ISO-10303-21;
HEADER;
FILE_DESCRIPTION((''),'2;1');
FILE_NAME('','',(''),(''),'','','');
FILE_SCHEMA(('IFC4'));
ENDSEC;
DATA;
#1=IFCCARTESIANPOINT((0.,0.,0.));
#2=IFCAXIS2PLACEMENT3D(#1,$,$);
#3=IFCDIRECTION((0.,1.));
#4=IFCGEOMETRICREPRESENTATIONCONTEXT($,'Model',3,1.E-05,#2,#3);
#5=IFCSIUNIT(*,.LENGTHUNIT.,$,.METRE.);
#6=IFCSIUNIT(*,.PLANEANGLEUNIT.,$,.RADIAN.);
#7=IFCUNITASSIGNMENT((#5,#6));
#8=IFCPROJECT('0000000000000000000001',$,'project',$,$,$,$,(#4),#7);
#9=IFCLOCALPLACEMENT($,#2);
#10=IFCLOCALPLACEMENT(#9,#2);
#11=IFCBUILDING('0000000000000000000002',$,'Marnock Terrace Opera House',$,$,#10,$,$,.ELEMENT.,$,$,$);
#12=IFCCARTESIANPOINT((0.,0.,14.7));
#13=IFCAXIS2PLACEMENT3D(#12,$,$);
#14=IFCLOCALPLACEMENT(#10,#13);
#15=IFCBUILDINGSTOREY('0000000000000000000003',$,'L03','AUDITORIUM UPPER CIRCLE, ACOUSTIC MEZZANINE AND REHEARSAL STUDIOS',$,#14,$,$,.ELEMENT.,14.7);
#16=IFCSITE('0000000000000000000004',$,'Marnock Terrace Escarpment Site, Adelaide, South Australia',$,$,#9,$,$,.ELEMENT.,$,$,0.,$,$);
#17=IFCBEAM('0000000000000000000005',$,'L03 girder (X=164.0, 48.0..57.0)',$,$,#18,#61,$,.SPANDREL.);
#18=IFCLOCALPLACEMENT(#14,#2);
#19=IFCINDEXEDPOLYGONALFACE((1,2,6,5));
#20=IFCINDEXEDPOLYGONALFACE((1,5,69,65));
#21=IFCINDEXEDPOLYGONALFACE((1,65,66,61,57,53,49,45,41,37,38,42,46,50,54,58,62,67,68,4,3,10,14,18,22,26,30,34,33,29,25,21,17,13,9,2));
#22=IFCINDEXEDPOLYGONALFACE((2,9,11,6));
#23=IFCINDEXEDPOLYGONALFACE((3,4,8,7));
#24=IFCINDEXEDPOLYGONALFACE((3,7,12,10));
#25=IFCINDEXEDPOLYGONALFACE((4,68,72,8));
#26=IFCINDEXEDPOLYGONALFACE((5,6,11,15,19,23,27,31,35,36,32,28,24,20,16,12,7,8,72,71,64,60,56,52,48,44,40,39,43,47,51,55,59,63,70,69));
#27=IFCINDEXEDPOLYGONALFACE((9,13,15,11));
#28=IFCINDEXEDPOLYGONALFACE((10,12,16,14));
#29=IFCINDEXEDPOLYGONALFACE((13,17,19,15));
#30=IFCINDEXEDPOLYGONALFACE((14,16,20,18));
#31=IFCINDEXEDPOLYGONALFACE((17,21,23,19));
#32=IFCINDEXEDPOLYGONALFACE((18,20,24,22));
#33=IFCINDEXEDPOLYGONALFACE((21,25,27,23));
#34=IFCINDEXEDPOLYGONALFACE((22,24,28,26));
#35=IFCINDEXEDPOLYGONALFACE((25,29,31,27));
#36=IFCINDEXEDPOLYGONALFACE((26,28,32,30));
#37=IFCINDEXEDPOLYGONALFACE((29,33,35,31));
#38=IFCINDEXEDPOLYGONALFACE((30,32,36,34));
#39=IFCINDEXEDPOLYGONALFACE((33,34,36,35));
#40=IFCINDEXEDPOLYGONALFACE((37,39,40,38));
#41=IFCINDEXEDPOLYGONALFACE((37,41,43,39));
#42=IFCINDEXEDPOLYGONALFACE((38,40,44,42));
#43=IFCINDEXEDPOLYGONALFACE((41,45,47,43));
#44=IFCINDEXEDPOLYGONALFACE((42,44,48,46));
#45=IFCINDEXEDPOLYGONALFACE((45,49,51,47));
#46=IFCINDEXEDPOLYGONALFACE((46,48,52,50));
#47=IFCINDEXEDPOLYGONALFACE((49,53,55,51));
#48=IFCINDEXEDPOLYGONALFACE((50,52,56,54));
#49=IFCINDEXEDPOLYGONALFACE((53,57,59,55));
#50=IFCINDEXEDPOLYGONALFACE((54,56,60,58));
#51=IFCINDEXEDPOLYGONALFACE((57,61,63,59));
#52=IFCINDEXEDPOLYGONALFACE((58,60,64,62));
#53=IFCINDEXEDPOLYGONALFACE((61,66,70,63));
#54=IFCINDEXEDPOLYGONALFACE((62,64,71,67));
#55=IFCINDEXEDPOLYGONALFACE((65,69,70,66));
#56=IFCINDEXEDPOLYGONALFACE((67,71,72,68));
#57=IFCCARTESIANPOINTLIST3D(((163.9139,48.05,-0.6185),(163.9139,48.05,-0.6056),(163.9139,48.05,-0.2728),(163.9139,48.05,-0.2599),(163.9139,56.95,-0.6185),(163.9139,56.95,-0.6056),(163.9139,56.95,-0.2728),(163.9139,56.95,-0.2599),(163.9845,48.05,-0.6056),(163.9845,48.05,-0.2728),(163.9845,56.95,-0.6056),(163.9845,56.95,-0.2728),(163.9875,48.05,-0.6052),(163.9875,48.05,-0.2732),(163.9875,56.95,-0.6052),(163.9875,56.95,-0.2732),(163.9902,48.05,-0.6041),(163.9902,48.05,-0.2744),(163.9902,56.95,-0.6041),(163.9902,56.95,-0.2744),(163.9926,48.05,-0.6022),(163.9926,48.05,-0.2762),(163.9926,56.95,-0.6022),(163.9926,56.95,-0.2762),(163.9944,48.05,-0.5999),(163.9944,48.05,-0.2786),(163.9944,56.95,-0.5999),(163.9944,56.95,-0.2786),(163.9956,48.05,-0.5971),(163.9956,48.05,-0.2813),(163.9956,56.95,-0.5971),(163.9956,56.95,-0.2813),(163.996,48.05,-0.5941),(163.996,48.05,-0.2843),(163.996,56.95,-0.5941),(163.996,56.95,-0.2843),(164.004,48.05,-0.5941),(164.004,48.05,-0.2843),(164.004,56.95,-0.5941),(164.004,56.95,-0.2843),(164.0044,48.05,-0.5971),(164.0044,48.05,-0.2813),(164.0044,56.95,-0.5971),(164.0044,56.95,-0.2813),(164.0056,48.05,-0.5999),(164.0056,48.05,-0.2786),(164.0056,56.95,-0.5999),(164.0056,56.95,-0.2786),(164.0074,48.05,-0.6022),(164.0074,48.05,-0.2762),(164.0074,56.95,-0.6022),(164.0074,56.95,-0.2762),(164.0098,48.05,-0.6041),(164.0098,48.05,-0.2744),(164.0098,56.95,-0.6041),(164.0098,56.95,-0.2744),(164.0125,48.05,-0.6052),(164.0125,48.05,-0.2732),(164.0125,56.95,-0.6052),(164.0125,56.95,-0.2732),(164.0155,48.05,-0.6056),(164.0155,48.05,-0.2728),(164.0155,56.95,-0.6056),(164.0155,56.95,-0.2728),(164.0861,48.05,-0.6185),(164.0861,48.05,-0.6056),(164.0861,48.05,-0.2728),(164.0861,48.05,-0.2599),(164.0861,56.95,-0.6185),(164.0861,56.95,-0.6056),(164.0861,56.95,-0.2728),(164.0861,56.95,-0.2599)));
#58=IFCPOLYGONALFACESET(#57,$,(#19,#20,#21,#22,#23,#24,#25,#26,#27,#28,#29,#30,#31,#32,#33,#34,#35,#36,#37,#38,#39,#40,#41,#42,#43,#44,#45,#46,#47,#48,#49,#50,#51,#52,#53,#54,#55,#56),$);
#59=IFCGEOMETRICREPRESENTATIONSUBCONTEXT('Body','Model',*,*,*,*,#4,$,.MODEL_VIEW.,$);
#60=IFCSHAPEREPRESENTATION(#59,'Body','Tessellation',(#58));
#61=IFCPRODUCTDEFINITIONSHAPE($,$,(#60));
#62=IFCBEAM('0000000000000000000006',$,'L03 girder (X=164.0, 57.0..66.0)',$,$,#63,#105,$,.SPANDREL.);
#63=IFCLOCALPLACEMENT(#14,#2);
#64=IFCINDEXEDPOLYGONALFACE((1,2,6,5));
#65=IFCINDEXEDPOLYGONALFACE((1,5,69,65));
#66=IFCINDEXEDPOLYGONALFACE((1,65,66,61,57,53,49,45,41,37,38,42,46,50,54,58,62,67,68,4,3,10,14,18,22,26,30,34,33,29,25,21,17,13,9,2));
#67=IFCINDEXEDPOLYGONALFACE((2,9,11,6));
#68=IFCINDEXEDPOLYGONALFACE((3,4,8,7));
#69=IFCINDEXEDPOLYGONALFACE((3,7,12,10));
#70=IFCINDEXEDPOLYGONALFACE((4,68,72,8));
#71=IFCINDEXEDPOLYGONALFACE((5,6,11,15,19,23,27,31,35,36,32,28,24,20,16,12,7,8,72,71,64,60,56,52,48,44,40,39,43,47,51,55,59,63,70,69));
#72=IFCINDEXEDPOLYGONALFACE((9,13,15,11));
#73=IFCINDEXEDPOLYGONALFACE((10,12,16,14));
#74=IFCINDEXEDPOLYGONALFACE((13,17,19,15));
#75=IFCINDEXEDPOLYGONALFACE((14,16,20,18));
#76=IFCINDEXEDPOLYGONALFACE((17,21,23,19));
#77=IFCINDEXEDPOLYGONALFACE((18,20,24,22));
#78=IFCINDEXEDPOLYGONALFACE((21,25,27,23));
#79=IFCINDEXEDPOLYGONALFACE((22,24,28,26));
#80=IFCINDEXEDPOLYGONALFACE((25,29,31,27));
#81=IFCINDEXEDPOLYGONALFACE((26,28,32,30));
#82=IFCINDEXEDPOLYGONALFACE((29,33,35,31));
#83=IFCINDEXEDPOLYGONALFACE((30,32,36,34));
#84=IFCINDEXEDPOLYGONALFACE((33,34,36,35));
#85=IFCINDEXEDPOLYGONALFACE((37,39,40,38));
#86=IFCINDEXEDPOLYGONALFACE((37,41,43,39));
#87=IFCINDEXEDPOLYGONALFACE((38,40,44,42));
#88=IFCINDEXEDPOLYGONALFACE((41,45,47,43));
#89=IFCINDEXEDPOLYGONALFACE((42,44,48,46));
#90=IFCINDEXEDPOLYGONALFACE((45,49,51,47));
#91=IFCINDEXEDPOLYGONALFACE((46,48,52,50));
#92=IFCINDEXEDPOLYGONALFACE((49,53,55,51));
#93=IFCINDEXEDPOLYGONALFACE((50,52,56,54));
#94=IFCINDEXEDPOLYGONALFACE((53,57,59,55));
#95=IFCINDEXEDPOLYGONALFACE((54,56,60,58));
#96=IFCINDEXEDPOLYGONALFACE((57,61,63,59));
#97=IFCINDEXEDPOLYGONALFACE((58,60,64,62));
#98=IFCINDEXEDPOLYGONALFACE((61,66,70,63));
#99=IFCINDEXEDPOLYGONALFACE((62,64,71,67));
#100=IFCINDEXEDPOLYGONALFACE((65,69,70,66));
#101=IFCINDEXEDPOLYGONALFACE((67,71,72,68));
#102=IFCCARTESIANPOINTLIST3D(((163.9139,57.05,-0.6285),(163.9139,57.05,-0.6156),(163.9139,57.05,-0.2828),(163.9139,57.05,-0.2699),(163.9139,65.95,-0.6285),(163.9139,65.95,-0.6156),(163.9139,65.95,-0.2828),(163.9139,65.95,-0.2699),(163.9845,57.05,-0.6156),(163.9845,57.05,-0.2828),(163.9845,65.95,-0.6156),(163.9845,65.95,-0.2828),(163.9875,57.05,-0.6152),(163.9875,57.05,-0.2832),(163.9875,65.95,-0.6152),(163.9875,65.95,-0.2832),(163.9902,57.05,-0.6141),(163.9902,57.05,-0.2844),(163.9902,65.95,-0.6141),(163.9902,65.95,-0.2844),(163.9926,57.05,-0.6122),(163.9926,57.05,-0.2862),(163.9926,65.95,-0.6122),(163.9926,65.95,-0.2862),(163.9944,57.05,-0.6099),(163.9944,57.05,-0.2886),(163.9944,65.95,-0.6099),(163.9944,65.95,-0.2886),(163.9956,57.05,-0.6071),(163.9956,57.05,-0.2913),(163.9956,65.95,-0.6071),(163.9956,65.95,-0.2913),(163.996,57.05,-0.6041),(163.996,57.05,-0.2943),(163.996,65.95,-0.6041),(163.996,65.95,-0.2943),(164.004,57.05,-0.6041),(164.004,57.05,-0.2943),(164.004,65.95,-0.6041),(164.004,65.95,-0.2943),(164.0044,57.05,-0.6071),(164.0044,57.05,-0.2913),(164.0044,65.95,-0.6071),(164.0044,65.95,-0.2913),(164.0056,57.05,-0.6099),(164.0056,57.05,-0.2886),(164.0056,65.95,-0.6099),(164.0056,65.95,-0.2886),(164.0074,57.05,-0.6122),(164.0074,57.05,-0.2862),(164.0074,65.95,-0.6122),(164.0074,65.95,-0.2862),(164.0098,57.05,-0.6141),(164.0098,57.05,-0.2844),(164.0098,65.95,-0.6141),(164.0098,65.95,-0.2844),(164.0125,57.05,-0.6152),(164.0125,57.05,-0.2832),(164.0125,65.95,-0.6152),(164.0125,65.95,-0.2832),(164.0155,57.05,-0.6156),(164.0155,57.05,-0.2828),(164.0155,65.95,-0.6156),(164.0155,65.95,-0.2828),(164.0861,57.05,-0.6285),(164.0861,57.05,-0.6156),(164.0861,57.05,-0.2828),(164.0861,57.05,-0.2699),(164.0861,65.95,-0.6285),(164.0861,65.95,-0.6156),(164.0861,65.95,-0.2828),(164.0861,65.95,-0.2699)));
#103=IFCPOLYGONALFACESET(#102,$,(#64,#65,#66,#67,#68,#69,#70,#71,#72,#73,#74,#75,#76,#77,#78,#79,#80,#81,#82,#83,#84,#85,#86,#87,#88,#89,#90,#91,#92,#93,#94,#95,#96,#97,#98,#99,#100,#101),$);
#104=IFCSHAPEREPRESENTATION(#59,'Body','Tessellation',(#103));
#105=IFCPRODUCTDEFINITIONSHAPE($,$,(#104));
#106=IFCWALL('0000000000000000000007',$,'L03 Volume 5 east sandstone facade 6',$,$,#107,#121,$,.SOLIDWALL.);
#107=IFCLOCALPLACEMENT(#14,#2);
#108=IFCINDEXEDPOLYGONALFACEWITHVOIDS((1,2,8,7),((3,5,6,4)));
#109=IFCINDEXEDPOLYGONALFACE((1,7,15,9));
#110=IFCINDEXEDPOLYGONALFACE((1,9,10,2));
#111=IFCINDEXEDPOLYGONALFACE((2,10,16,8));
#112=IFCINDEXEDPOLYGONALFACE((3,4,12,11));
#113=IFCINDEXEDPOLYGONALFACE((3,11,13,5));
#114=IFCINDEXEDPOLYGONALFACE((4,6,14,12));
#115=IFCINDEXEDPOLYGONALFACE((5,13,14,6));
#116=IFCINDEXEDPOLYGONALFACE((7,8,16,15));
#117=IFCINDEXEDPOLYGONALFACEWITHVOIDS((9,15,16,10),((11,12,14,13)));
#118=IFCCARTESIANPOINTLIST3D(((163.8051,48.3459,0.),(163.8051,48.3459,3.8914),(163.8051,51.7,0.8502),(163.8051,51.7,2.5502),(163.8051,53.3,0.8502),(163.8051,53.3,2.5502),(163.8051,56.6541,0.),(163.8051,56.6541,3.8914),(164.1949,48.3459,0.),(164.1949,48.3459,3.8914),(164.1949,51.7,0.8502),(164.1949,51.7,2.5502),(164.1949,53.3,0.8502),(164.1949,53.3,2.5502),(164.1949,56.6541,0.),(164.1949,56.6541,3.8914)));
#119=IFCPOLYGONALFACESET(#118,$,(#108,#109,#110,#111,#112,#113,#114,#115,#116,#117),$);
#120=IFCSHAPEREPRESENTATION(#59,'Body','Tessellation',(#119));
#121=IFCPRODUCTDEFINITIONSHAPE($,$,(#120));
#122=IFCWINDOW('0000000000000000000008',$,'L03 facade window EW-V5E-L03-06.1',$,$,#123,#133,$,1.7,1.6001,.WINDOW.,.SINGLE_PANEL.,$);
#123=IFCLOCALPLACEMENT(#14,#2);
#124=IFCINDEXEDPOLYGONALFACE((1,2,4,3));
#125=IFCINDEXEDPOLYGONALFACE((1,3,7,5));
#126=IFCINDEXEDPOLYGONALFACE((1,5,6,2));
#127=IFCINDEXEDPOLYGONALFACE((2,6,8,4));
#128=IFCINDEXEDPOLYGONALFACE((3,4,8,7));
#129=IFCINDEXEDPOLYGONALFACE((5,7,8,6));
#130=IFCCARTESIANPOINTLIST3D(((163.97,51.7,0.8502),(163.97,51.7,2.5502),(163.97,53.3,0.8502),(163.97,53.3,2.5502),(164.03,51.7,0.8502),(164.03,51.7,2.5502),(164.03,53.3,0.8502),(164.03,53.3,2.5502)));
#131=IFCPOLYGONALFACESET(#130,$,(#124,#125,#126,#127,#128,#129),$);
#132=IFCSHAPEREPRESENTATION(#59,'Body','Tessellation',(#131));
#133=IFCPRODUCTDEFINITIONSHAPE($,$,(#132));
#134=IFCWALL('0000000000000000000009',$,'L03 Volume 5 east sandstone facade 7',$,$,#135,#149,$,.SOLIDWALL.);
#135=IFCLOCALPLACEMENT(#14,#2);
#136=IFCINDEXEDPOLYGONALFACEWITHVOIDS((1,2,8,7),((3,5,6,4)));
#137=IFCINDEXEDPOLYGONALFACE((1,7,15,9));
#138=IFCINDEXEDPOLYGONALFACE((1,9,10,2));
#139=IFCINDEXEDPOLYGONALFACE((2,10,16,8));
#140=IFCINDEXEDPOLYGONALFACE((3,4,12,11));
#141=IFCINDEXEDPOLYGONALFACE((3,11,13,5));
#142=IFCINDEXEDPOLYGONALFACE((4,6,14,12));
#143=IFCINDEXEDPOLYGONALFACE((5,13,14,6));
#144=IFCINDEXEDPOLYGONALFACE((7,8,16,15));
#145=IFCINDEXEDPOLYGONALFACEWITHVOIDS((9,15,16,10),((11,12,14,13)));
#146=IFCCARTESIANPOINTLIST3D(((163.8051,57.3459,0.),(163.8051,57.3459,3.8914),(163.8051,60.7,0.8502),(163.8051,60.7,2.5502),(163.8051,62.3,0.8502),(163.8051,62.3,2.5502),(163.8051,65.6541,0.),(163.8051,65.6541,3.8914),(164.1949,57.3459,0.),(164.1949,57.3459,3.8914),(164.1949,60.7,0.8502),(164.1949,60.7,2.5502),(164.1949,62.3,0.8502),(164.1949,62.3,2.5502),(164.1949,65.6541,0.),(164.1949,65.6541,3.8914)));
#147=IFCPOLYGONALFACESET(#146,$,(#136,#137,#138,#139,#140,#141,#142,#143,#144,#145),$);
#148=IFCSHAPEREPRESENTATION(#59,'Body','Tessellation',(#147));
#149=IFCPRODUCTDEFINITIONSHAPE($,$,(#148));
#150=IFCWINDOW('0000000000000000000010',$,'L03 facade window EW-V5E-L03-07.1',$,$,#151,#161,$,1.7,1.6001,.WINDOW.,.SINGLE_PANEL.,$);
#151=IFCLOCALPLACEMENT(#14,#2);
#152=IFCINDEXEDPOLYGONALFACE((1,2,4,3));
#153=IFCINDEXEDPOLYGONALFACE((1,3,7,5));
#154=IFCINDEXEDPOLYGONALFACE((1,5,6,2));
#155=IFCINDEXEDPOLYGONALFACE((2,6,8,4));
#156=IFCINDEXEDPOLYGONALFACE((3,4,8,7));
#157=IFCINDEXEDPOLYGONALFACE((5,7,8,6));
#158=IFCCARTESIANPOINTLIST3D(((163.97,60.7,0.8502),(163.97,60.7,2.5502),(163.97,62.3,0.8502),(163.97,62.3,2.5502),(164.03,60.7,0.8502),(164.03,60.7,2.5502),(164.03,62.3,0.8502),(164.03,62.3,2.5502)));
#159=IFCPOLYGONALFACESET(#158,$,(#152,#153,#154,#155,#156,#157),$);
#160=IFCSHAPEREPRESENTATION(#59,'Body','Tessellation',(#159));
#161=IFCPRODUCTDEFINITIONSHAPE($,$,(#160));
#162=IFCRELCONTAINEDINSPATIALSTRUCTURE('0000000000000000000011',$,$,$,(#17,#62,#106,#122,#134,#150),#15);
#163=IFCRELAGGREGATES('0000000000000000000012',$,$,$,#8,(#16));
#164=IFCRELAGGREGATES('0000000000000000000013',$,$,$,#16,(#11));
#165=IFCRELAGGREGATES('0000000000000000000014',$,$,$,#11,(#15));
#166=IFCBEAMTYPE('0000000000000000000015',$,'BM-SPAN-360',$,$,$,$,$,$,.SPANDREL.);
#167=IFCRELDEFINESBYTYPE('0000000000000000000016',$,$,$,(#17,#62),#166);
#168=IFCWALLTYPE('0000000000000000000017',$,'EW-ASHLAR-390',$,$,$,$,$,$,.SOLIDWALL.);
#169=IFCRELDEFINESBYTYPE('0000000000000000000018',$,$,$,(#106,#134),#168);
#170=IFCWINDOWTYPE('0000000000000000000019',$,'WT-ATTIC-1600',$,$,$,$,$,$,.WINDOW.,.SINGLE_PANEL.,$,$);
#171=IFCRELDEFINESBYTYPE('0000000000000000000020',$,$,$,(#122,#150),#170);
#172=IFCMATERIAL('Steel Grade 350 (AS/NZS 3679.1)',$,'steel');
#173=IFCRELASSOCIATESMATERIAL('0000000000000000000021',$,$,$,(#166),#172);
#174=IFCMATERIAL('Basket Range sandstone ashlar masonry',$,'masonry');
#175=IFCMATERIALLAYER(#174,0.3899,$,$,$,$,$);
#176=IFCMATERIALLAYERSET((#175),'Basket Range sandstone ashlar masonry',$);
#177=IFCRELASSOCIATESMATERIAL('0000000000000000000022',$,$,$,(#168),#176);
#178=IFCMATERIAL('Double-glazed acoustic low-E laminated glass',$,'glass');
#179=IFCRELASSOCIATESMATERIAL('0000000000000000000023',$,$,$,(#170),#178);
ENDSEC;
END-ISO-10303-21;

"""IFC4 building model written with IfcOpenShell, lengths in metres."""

from ifc_helpers import new_model, si_unit, direction, frame, frame_2d, origin, origin_2d, place, context, subcontext, project, spatial, rectangle, i_section, extrude, material, layer, layer_set, material_profile, profile_set, type_object, element, fill, save


model = new_model("IFC4")

# Units and contexts
model_context = context("Model", 3, precision=1e-05, world=origin(), true_north=direction((0.0, 1.0)))
body_context = subcontext(model_context, "Body", "Model", "MODEL_VIEW")
ifc_project = project(units=[si_unit("LENGTHUNIT", "METRE"), si_unit("PLANEANGLEUNIT", "RADIAN")], contexts=[model_context])

# Site, building, storey
site_placement = place(None, origin())
site = spatial("IfcSite", under=ifc_project, at=site_placement, Name="Marnock Terrace Escarpment Site, Adelaide, South Australia", CompositionType="ELEMENT", RefElevation=0.0)
building_placement = place(site_placement, origin())
building = spatial("IfcBuilding", under=site, at=building_placement, Name="Marnock Terrace Opera House", CompositionType="ELEMENT")
storey_placement = place(building_placement, frame((0.0, 0.0, 14.7)))
storey = spatial("IfcBuildingStorey", under=building, at=storey_placement, Name="L03", Description="AUDITORIUM UPPER CIRCLE, ACOUSTIC MEZZANINE AND REHEARSAL STUDIOS", CompositionType="ELEMENT", Elevation=14.7)

# Beams
ifc_material_1 = material(Name="Steel Grade 350 (AS/NZS 3679.1)", Category="steel")
ifc_material_profile_1 = material_profile(ifc_material_1, i_section(OverallWidth=0.1721, OverallDepth=0.3586, WebThickness=0.0081, FlangeThickness=0.0129, FilletRadius=0.0115, at=origin_2d()))
ifc_profile_set_1 = profile_set([ifc_material_profile_1], Name="Steel Grade 350 (AS/NZS 3679.1)")
beam_type_1 = type_object("IfcBeamType", Name="BM-SPAN-360", PredefinedType="SPANDREL", material=ifc_profile_set_1)
for number, where, z_axis, x_axis, name in (
    (1, (164.0, 48.05, -0.4392), (0.0, 1.0, 0.0), (-1.0, 0.0, 0.0), "L03 girder (X=164.0, 48.0..57.0)"),
    (2, (164.0, 57.05, -0.4492), (0.0, 1.0, 0.0), (-1.0, 0.0, 0.0), "L03 girder (X=164.0, 57.0..66.0)"),
):
    element("IfcBeam", number, at=place(storey_placement, frame(where, z_axis=z_axis, x_axis=x_axis)), inside=storey, type_object=beam_type_1, Name=name, PredefinedType="SPANDREL", context=body_context, shape_type="SweptSolid", body=[
        extrude(i_section(OverallWidth=0.1721, OverallDepth=0.3586, WebThickness=0.0081, FlangeThickness=0.0129, FilletRadius=0.0115, at=origin_2d()), origin(), (0.0, 0.0, 1.0), 8.8999),
    ])

# Walls, openings, windows
ifc_material_2 = material(Name="Basket Range sandstone ashlar masonry", Category="masonry")
ifc_layer_1 = layer(ifc_material_2, 0.3899)
ifc_layer_set_1 = layer_set([ifc_layer_1], Name="Basket Range sandstone ashlar masonry")
wall_type_1 = type_object("IfcWallType", Name="EW-ASHLAR-390", PredefinedType="SOLIDWALL", material=ifc_layer_set_1)
wall_1_placement = place(storey_placement, frame((164.0, 48.3459, 0.0), z_axis=(0.0, 0.0, 1.0), x_axis=(0.0, 1.0, 0.0)))
wall_1 = element("IfcWall", 3, at=wall_1_placement, inside=storey, type_object=wall_type_1, Name="L03 Volume 5 east sandstone facade 6", PredefinedType="SOLIDWALL", context=body_context, shape_type="SweptSolid", body=[
    extrude(rectangle(XDim=8.3081, YDim=0.3899, at=frame_2d((4.1541, 0.0))), origin(), (0.0, 0.0, 1.0), 3.8914),
])
opening_1_placement = place(wall_1_placement, frame((3.354, 0.0, 0.8501)))
opening_1 = element("IfcOpeningElement", 4, at=opening_1_placement, cuts=wall_1, PredefinedType="OPENING", context=body_context, shape_type="SweptSolid", body=[
    extrude(rectangle(XDim=1.6001, YDim=1.7, at=frame_2d((0.8, 0.8501))), frame((0.0, 0.2048, 0.0), z_axis=(0.0, -1.0, 0.0), x_axis=(1.0, 0.0, 0.0)), (0.0, 0.0, 1.0), 0.4099),
])
ifc_material_3 = material(Name="Double-glazed acoustic low-E laminated glass", Category="glass")
window_type = type_object("IfcWindowType", Name="WT-ATTIC-1600", PartitioningType="SINGLE_PANEL", PredefinedType="WINDOW", material=ifc_material_3)
window_1_placement = place(opening_1_placement, origin())
window_1 = element("IfcWindow", 5, at=window_1_placement, inside=storey, type_object=window_type, Name="L03 facade window EW-V5E-L03-06.1", OverallHeight=1.7, OverallWidth=1.6001, PartitioningType="SINGLE_PANEL", PredefinedType="WINDOW", context=body_context, shape_type="SweptSolid", body=[
    extrude(rectangle(XDim=1.6001, YDim=1.7, at=frame_2d((0.8, 0.8501))), frame((0.0, 0.03, 0.0), z_axis=(0.0, -1.0, 0.0), x_axis=(1.0, 0.0, 0.0)), (0.0, 0.0, 1.0), 0.0601),
])
fill(opening_1, window_1)
wall_2_placement = place(storey_placement, frame((164.0, 57.3459, 0.0), z_axis=(0.0, 0.0, 1.0), x_axis=(0.0, 1.0, 0.0)))
wall_2 = element("IfcWall", 6, at=wall_2_placement, inside=storey, type_object=wall_type_1, Name="L03 Volume 5 east sandstone facade 7", PredefinedType="SOLIDWALL", context=body_context, shape_type="SweptSolid", body=[
    extrude(rectangle(XDim=8.3081, YDim=0.3899, at=frame_2d((4.1541, 0.0))), origin(), (0.0, 0.0, 1.0), 3.8914),
])
opening_2_placement = place(wall_2_placement, frame((3.354, 0.0, 0.8501)))
opening_2 = element("IfcOpeningElement", 7, at=opening_2_placement, cuts=wall_2, PredefinedType="OPENING", context=body_context, shape_type="SweptSolid", body=[
    extrude(rectangle(XDim=1.6001, YDim=1.7, at=frame_2d((0.8, 0.8501))), frame((0.0, 0.2048, 0.0), z_axis=(0.0, -1.0, 0.0), x_axis=(1.0, 0.0, 0.0)), (0.0, 0.0, 1.0), 0.4099),
])
window_2_placement = place(opening_2_placement, origin())
window_2 = element("IfcWindow", 8, at=window_2_placement, inside=storey, type_object=window_type, Name="L03 facade window EW-V5E-L03-07.1", OverallHeight=1.7, OverallWidth=1.6001, PartitioningType="SINGLE_PANEL", PredefinedType="WINDOW", context=body_context, shape_type="SweptSolid", body=[
    extrude(rectangle(XDim=1.6001, YDim=1.7, at=frame_2d((0.8, 0.8501))), frame((0.0, 0.03, 0.0), z_axis=(0.0, -1.0, 0.0), x_axis=(1.0, 0.0, 0.0)), (0.0, 0.0, 1.0), 0.0601),
])
fill(opening_2, window_2)

save(model, "model.ifc")
